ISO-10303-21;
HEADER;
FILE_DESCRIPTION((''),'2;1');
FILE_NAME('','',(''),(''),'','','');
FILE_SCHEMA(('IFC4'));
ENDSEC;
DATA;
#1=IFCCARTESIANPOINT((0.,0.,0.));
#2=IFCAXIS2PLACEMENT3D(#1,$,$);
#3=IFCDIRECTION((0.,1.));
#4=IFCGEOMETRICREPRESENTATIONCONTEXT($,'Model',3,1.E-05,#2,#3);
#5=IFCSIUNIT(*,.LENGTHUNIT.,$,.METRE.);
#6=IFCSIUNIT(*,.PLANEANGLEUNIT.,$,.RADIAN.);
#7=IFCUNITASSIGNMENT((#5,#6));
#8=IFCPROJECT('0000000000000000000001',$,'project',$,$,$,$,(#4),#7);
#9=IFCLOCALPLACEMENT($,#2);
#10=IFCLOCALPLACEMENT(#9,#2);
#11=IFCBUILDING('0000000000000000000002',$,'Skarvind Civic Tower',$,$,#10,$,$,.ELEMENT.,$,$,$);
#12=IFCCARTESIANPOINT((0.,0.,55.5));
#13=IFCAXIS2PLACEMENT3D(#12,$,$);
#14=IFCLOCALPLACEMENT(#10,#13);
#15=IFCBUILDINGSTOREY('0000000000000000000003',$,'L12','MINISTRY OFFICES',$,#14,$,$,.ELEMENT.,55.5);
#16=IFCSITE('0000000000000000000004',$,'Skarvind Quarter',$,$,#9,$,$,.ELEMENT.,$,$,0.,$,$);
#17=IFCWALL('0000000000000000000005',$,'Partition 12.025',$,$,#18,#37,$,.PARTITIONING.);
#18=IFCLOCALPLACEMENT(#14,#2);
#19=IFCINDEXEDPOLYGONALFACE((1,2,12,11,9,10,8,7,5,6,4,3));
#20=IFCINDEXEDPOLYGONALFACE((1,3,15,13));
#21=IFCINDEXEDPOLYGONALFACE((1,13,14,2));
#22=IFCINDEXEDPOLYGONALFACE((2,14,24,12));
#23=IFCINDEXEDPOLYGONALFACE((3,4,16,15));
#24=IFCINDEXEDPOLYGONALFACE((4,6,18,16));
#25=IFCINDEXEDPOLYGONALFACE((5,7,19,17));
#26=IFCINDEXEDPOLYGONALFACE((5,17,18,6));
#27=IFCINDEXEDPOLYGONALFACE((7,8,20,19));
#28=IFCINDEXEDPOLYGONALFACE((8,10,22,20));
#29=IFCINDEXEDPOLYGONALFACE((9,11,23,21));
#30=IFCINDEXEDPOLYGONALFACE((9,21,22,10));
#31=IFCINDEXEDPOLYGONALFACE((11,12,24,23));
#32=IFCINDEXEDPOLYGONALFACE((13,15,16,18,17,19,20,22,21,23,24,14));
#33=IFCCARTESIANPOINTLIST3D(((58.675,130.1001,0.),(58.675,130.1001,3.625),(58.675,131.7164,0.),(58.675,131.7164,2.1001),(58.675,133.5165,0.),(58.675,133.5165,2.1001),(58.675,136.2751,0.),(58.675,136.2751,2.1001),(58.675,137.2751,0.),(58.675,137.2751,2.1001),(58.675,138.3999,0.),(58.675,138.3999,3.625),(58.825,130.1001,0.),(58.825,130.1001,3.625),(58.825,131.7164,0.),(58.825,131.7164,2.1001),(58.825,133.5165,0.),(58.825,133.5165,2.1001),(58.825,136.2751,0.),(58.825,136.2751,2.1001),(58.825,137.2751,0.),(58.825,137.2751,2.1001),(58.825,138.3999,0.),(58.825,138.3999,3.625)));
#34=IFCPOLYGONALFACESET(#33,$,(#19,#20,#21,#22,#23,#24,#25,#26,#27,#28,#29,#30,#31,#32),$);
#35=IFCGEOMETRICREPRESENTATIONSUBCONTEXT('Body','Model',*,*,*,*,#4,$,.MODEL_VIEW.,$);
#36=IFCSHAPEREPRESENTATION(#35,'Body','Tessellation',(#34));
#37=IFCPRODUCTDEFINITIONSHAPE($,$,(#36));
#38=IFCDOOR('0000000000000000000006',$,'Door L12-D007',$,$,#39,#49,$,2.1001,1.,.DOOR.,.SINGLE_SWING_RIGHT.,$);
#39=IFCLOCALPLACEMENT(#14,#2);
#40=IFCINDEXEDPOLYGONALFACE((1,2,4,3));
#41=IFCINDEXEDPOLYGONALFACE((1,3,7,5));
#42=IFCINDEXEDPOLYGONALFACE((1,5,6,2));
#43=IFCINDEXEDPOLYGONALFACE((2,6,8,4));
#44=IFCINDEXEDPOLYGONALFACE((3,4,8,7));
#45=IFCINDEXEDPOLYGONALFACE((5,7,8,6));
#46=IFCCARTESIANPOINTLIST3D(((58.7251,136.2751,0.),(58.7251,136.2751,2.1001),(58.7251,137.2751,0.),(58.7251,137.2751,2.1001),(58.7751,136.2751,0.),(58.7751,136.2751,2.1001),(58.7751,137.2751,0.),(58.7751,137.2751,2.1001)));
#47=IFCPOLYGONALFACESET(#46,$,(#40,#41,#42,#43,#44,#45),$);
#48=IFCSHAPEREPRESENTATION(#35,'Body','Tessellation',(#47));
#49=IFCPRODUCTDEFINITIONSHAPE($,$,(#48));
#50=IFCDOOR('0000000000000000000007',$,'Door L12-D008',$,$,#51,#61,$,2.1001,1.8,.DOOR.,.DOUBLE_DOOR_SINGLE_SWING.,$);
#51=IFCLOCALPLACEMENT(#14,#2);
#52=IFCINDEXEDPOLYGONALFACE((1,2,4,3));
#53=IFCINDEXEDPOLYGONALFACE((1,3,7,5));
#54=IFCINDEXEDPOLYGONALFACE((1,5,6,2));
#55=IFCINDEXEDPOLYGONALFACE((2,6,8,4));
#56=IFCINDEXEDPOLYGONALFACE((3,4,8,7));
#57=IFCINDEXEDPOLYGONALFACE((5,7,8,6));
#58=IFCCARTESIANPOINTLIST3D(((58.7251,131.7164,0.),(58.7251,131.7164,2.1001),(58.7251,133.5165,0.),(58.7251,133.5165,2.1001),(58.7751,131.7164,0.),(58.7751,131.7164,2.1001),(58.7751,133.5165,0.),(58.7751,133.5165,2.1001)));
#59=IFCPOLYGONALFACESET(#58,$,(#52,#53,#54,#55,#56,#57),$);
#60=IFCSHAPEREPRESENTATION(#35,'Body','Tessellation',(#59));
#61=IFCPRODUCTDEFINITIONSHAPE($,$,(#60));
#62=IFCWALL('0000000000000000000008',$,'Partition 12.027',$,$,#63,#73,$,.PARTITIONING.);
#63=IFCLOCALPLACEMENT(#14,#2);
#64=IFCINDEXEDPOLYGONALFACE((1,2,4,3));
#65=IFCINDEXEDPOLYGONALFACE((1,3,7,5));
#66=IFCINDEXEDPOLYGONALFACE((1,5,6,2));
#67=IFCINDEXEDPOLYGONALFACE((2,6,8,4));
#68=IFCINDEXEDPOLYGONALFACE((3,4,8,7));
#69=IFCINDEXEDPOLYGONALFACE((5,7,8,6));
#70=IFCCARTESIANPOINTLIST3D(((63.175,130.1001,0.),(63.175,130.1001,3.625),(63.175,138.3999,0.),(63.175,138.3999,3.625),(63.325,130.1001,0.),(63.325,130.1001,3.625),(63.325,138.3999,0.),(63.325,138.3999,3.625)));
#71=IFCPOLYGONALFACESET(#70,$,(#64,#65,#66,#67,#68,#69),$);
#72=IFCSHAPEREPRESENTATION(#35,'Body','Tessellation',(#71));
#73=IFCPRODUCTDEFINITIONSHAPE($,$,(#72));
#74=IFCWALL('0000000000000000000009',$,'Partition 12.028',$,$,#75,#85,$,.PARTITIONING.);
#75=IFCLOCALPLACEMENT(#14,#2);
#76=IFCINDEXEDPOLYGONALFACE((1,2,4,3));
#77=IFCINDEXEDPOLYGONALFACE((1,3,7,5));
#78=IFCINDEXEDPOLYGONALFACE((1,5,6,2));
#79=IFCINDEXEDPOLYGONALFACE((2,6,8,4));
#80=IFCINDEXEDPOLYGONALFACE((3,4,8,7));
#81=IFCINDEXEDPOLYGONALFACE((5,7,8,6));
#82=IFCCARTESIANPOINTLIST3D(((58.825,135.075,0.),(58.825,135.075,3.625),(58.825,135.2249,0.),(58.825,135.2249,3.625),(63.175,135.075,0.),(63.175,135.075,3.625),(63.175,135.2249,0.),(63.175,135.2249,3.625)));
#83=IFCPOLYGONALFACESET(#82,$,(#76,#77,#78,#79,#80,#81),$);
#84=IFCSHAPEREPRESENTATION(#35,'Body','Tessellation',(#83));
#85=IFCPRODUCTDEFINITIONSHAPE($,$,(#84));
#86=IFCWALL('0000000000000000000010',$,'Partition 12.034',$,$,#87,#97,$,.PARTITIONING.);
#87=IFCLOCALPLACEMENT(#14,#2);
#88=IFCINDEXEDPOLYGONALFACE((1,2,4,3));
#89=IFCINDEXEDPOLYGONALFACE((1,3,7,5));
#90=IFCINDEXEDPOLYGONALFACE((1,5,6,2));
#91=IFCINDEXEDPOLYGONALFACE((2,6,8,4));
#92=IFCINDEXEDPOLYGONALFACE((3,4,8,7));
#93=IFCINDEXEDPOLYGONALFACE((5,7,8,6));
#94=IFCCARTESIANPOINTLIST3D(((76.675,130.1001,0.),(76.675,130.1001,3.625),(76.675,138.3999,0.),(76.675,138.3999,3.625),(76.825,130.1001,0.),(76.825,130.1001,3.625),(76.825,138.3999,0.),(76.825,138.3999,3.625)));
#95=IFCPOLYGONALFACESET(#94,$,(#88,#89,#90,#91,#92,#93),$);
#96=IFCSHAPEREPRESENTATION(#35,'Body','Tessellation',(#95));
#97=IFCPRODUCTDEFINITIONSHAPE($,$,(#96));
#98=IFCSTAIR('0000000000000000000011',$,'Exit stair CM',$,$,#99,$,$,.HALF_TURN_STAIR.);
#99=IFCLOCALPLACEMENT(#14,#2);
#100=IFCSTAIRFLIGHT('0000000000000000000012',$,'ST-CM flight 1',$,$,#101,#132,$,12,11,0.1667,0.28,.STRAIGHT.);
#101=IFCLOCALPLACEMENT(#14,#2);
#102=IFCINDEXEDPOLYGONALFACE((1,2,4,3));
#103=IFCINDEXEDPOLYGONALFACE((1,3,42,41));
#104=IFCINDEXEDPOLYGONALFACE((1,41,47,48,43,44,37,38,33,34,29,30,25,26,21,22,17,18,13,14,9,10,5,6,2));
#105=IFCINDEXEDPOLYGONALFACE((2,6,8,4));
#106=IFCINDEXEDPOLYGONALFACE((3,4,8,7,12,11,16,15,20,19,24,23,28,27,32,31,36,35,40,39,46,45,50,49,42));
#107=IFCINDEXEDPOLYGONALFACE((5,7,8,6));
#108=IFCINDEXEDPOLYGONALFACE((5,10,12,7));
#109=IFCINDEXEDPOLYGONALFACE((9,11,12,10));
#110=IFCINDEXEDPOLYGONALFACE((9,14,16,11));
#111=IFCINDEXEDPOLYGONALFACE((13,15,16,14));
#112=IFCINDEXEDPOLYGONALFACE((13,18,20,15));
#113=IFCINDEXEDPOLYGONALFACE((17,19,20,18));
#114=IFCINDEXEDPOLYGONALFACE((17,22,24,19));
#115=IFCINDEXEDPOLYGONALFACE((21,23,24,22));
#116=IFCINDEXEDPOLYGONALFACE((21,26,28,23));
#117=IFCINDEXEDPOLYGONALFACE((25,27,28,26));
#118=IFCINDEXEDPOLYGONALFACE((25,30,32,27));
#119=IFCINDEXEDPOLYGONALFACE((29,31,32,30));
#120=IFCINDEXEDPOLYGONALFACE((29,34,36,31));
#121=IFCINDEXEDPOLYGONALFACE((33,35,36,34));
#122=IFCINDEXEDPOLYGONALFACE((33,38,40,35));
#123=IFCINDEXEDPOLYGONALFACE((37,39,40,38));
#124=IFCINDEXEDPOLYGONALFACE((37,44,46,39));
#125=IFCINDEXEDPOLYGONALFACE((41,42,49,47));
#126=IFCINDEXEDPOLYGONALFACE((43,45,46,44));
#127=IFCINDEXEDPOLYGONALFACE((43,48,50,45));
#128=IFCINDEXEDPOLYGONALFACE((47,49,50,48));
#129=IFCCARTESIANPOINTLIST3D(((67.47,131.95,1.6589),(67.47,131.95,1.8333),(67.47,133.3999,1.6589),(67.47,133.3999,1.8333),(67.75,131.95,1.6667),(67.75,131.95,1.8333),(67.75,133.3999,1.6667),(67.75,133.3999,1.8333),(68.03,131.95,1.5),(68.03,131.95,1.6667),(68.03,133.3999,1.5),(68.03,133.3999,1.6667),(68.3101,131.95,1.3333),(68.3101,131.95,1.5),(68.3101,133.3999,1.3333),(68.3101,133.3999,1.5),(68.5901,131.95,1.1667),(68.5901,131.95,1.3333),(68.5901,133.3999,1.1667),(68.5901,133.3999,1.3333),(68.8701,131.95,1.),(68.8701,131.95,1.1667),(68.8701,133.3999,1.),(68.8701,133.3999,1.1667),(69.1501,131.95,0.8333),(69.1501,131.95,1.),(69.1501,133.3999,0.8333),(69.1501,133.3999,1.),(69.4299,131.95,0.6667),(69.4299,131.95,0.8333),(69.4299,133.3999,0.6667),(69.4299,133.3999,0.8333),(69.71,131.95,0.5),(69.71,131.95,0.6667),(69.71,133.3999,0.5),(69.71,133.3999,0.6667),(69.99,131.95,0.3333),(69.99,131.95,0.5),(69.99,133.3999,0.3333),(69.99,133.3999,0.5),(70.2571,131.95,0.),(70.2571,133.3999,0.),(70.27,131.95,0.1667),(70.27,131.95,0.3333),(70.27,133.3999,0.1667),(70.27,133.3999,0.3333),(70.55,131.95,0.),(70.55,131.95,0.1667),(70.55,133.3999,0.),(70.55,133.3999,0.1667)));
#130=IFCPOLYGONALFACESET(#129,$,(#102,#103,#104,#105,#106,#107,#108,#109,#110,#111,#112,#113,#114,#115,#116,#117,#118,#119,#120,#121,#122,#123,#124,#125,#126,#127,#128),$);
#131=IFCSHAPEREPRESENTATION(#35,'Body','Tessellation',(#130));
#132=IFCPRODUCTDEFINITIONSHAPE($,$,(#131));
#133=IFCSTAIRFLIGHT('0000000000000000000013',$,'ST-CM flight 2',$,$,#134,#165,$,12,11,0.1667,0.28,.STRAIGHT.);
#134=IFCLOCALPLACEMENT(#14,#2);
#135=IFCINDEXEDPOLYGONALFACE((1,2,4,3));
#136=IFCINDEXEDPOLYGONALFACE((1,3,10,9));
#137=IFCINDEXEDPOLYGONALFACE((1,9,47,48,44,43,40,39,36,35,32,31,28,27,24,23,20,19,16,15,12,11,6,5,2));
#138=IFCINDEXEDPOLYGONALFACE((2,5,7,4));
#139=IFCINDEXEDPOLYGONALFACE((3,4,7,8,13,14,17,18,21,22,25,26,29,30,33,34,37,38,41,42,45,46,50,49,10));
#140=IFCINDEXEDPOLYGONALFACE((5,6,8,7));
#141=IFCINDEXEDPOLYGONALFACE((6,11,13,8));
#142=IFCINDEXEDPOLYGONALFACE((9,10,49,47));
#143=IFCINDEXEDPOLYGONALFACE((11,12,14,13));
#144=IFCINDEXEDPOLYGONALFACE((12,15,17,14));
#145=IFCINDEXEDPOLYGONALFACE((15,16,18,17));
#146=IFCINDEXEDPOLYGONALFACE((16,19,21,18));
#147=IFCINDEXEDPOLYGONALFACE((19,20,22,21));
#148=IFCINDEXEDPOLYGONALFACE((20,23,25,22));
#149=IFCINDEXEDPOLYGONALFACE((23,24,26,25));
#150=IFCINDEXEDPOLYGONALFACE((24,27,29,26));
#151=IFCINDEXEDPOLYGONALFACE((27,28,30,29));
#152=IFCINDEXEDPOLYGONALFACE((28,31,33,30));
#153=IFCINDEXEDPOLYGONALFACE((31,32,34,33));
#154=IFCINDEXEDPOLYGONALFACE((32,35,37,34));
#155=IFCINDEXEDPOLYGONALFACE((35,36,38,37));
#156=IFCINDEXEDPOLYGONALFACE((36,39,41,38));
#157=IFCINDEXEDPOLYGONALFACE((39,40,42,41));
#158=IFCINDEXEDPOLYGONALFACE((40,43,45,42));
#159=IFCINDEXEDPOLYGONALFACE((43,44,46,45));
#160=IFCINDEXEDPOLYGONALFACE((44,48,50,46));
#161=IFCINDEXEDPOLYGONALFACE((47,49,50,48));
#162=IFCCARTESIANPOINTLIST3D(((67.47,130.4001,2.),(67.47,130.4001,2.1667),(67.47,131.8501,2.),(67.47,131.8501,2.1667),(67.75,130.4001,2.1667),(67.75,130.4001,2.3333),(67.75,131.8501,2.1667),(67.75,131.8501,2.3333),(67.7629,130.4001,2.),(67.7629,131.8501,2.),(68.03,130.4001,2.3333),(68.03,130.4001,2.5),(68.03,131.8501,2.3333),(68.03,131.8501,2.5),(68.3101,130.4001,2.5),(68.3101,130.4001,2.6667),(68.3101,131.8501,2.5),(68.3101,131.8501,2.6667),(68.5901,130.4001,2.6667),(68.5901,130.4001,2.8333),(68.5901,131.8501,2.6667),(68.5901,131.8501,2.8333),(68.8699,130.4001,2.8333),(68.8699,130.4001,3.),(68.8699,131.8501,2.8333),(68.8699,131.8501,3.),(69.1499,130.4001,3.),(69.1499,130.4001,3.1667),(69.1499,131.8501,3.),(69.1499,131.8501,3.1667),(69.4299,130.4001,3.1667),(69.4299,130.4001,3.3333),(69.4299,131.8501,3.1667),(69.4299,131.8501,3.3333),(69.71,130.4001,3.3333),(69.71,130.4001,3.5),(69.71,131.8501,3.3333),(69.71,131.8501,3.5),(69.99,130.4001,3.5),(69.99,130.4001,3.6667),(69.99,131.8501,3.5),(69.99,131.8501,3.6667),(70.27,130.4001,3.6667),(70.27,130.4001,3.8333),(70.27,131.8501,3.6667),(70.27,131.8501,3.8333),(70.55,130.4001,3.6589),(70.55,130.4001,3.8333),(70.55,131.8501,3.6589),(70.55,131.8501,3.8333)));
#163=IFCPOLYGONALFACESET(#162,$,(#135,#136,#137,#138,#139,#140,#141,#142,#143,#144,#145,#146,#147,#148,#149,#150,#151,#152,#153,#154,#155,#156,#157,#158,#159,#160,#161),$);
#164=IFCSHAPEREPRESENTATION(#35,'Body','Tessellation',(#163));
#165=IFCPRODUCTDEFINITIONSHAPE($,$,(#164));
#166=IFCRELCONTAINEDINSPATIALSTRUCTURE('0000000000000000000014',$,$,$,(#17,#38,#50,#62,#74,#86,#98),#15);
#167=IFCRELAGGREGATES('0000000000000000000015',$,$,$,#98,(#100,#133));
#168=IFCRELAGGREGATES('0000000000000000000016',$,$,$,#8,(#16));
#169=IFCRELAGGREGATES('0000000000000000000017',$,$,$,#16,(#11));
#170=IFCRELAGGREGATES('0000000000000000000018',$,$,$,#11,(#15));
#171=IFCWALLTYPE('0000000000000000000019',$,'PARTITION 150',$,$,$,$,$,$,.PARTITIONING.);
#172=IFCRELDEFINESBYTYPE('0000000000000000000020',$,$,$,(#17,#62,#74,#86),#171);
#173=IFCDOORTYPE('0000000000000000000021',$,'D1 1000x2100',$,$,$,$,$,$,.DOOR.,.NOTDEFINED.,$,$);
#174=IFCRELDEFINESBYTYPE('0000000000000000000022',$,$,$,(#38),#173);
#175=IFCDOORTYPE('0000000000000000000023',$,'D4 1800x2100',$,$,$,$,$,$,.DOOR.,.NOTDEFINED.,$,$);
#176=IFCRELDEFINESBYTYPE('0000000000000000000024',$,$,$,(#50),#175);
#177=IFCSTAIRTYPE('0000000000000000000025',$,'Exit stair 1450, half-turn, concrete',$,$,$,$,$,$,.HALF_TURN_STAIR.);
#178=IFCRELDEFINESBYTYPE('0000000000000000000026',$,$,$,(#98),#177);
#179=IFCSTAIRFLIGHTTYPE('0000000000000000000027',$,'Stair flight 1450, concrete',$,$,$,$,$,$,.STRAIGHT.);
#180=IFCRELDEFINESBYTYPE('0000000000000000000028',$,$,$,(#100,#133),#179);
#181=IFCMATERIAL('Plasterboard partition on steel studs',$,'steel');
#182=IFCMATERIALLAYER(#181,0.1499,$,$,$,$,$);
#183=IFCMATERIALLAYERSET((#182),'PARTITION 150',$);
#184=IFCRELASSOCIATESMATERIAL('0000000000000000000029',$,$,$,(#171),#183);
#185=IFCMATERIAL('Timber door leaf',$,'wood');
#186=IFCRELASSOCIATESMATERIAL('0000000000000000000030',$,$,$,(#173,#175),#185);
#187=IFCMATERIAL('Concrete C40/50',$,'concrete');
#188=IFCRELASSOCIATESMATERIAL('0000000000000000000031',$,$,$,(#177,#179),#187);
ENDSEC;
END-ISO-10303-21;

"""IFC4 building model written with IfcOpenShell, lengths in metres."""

from ifc_helpers import new_model, si_unit, direction, frame, frame_2d, origin, place, context, subcontext, project, spatial, polyline, rectangle, outline, extrude, material, layer, layer_set, type_object, element, fill, aggregate, save


model = new_model("IFC4")

# Units and contexts
model_context = context("Model", 3, precision=1e-05, world=origin(), true_north=direction((0.0, 1.0)))
body_context = subcontext(model_context, "Body", "Model", "MODEL_VIEW")
ifc_project = project(units=[si_unit("LENGTHUNIT", "METRE"), si_unit("PLANEANGLEUNIT", "RADIAN")], contexts=[model_context])

# Site, building, storey
site_placement = place(None, origin())
site = spatial("IfcSite", under=ifc_project, at=site_placement, Name="Skarvind Quarter", CompositionType="ELEMENT", RefElevation=0.0)
building_placement = place(site_placement, origin())
building = spatial("IfcBuilding", under=site, at=building_placement, Name="Skarvind Civic Tower", CompositionType="ELEMENT")
storey_placement = place(building_placement, frame((0.0, 0.0, 55.5)))
storey = spatial("IfcBuildingStorey", under=building, at=storey_placement, Name="L12", Description="MINISTRY OFFICES", CompositionType="ELEMENT", Elevation=55.5)

# Wall, openings, doors
ifc_material_1 = material(Name="Plasterboard partition on steel studs", Category="steel")
ifc_layer_1 = layer(ifc_material_1, 0.1499)
ifc_layer_set_1 = layer_set([ifc_layer_1], Name="PARTITION 150")
wall_type_1 = type_object("IfcWallType", Name="PARTITION 150", PredefinedType="PARTITIONING", material=ifc_layer_set_1)
wall_1_placement = place(storey_placement, frame((58.75, 130.1001, 0.0), z_axis=(0.0, 0.0, 1.0), x_axis=(0.0, 1.0, 0.0)))
wall_1 = element("IfcWall", 1, at=wall_1_placement, inside=storey, type_object=wall_type_1, Name="Partition 12.025", PredefinedType="PARTITIONING", context=body_context, shape_type="SweptSolid", body=[
    extrude(rectangle(XDim=8.2998, YDim=0.1499, at=frame_2d((4.1499, 0.0))), origin(), (0.0, 0.0, 1.0), 3.625),
])
opening_1_placement = place(wall_1_placement, frame((6.175, 0.0, 0.0)))
opening_1 = element("IfcOpeningElement", 2, at=opening_1_placement, cuts=wall_1, PredefinedType="OPENING", context=body_context, shape_type="SweptSolid", body=[
    extrude(rectangle(XDim=1.0, YDim=2.1001, at=frame_2d((0.5, 1.05))), frame((0.0, 0.085, 0.0), z_axis=(0.0, -1.0, 0.0), x_axis=(1.0, 0.0, 0.0)), (0.0, 0.0, 1.0), 0.1699),
])
opening_2_placement = place(wall_1_placement, frame((1.6165, 0.0, 0.0)))
opening_2 = element("IfcOpeningElement", 3, at=opening_2_placement, cuts=wall_1, PredefinedType="OPENING", context=body_context, shape_type="SweptSolid", body=[
    extrude(rectangle(XDim=1.8, YDim=2.1001, at=frame_2d((0.8999, 1.05))), frame((0.0, 0.085, 0.0), z_axis=(0.0, -1.0, 0.0), x_axis=(1.0, 0.0, 0.0)), (0.0, 0.0, 1.0), 0.1699),
])
ifc_material_2 = material(Name="Timber door leaf", Category="wood")
door_type_1 = type_object("IfcDoorType", Name="D1 1000x2100", OperationType="NOTDEFINED", PredefinedType="DOOR", material=ifc_material_2)
door_1_placement = place(opening_1_placement, origin())
door_1 = element("IfcDoor", 4, at=door_1_placement, inside=storey, type_object=door_type_1, Name="Door L12-D007", OperationType="SINGLE_SWING_RIGHT", OverallHeight=2.1001, OverallWidth=1.0, PredefinedType="DOOR", context=body_context, shape_type="SweptSolid", body=[
    extrude(rectangle(XDim=1.0, YDim=2.1001, at=frame_2d((0.5, 1.05))), frame((0.0, 0.0249, 0.0), z_axis=(0.0, -1.0, 0.0), x_axis=(1.0, 0.0, 0.0)), (0.0, 0.0, 1.0), 0.05),
])
fill(opening_1, door_1)
door_type_2 = type_object("IfcDoorType", Name="D4 1800x2100", OperationType="NOTDEFINED", PredefinedType="DOOR", material=ifc_material_2)
door_2_placement = place(opening_2_placement, origin())
door_2 = element("IfcDoor", 5, at=door_2_placement, inside=storey, type_object=door_type_2, Name="Door L12-D008", OperationType="DOUBLE_DOOR_SINGLE_SWING", OverallHeight=2.1001, OverallWidth=1.8, PredefinedType="DOOR", context=body_context, shape_type="SweptSolid", body=[
    extrude(rectangle(XDim=1.8, YDim=2.1001, at=frame_2d((0.8999, 1.05))), frame((0.0, 0.0249, 0.0), z_axis=(0.0, -1.0, 0.0), x_axis=(1.0, 0.0, 0.0)), (0.0, 0.0, 1.0), 0.05),
])
fill(opening_2, door_2)

# Walls
wall_2_placement = place(storey_placement, frame((63.25, 130.1001, 0.0), z_axis=(0.0, 0.0, 1.0), x_axis=(0.0, 1.0, 0.0)))
element("IfcWall", 6, at=wall_2_placement, inside=storey, type_object=wall_type_1, Name="Partition 12.027", PredefinedType="PARTITIONING", context=body_context, shape_type="SweptSolid", body=[
    extrude(rectangle(XDim=8.2998, YDim=0.1499, at=frame_2d((4.1499, 0.0))), origin(), (0.0, 0.0, 1.0), 3.625),
])
wall_3_placement = place(storey_placement, frame((63.175, 135.1499, 0.0), z_axis=(0.0, 0.0, 1.0), x_axis=(-1.0, 0.0, 0.0)))
element("IfcWall", 7, at=wall_3_placement, inside=storey, type_object=wall_type_1, Name="Partition 12.028", PredefinedType="PARTITIONING", context=body_context, shape_type="SweptSolid", body=[
    extrude(rectangle(XDim=4.3501, YDim=0.1499, at=frame_2d((2.175, 0.0))), origin(), (0.0, 0.0, 1.0), 3.625),
])
wall_4_placement = place(storey_placement, frame((76.75, 130.1001, 0.0), z_axis=(0.0, 0.0, 1.0), x_axis=(0.0, 1.0, 0.0)))
element("IfcWall", 8, at=wall_4_placement, inside=storey, type_object=wall_type_1, Name="Partition 12.034", PredefinedType="PARTITIONING", context=body_context, shape_type="SweptSolid", body=[
    extrude(rectangle(XDim=8.2998, YDim=0.1499, at=frame_2d((4.1499, 0.0))), origin(), (0.0, 0.0, 1.0), 3.625),
])

# Stair, stair flights
ifc_material_3 = material(Name="Concrete C40/50", Category="concrete")
stair_type = type_object("IfcStairType", Name="Exit stair 1450, half-turn, concrete", PredefinedType="HALF_TURN_STAIR", material=ifc_material_3)
stair_placement = place(storey_placement, origin())
stair = element("IfcStair", 9, at=stair_placement, inside=storey, type_object=stair_type, Name="Exit stair CM", PredefinedType="HALF_TURN_STAIR")
stair_flight_type = type_object("IfcStairFlightType", Name="Stair flight 1450, concrete", PredefinedType="STRAIGHT", material=ifc_material_3)
stair_flight_1_placement = place(storey_placement, frame((70.55, 132.675, 0.0), z_axis=(0.0, 0.0, 1.0), x_axis=(-1.0, 0.0, 0.0)))
stair_flight_1 = element("IfcStairFlight", 10, at=stair_flight_1_placement, type_object=stair_flight_type, Name="ST-CM flight 1", NumberOfRisers=12, NumberOfTreads=11, PredefinedType="STRAIGHT", RiserHeight=0.1667, TreadLength=0.28, context=body_context, shape_type="SweptSolid", body=[
    extrude(outline(polyline([(0.0, 0.0), (0.0, 0.1667), (0.28, 0.1667), (0.28, 0.3333), (0.5601, 0.3333), (0.5601, 0.5), (0.8401, 0.5), (0.8401, 0.6667), (1.1201, 0.6667), (1.1201, 0.8333), (1.3999, 0.8333), (1.3999, 1.0), (1.6799, 1.0), (1.6799, 1.1667), (1.96, 1.1667), (1.96, 1.3333), (2.24, 1.3333), (2.24, 1.5), (2.52, 1.5), (2.52, 1.6667), (2.8, 1.6667), (2.8, 1.8333), (3.0801, 1.8333), (3.0801, 2.0), (3.0801, 1.6589), (0.293, 0.0), (0.0, 0.0)])), frame((0.0, 0.7251, 0.0), z_axis=(0.0, -1.0, 0.0), x_axis=(1.0, 0.0, 0.0)), (0.0, 0.0, 1.0), 1.45),
])
stair_flight_2_placement = place(storey_placement, frame((67.47, 131.125, 2.0), z_axis=(0.0, 0.0, 1.0), x_axis=(1.0, 0.0, 0.0)))
stair_flight_2 = element("IfcStairFlight", 11, at=stair_flight_2_placement, type_object=stair_flight_type, Name="ST-CM flight 2", NumberOfRisers=12, NumberOfTreads=11, PredefinedType="STRAIGHT", RiserHeight=0.1667, TreadLength=0.28, context=body_context, shape_type="SweptSolid", body=[
    extrude(outline(polyline([(0.0, 0.0), (0.0, 0.1667), (0.28, 0.1667), (0.28, 0.3333), (0.5601, 0.3333), (0.5601, 0.5), (0.8401, 0.5), (0.8401, 0.6667), (1.1201, 0.6667), (1.1201, 0.8333), (1.3999, 0.8333), (1.3999, 1.0), (1.6799, 1.0), (1.6799, 1.1667), (1.96, 1.1667), (1.96, 1.3333), (2.24, 1.3333), (2.24, 1.5), (2.52, 1.5), (2.52, 1.6667), (2.8, 1.6667), (2.8, 1.8333), (3.0801, 1.8333), (3.0801, 2.0), (3.0801, 1.6589), (0.293, 0.0), (0.0, 0.0)])), frame((0.0, 0.7251, 0.0), z_axis=(0.0, -1.0, 0.0), x_axis=(1.0, 0.0, 0.0)), (0.0, 0.0, 1.0), 1.45),
])
aggregate(stair, [stair_flight_1, stair_flight_2])

save(model, "model.ifc")
